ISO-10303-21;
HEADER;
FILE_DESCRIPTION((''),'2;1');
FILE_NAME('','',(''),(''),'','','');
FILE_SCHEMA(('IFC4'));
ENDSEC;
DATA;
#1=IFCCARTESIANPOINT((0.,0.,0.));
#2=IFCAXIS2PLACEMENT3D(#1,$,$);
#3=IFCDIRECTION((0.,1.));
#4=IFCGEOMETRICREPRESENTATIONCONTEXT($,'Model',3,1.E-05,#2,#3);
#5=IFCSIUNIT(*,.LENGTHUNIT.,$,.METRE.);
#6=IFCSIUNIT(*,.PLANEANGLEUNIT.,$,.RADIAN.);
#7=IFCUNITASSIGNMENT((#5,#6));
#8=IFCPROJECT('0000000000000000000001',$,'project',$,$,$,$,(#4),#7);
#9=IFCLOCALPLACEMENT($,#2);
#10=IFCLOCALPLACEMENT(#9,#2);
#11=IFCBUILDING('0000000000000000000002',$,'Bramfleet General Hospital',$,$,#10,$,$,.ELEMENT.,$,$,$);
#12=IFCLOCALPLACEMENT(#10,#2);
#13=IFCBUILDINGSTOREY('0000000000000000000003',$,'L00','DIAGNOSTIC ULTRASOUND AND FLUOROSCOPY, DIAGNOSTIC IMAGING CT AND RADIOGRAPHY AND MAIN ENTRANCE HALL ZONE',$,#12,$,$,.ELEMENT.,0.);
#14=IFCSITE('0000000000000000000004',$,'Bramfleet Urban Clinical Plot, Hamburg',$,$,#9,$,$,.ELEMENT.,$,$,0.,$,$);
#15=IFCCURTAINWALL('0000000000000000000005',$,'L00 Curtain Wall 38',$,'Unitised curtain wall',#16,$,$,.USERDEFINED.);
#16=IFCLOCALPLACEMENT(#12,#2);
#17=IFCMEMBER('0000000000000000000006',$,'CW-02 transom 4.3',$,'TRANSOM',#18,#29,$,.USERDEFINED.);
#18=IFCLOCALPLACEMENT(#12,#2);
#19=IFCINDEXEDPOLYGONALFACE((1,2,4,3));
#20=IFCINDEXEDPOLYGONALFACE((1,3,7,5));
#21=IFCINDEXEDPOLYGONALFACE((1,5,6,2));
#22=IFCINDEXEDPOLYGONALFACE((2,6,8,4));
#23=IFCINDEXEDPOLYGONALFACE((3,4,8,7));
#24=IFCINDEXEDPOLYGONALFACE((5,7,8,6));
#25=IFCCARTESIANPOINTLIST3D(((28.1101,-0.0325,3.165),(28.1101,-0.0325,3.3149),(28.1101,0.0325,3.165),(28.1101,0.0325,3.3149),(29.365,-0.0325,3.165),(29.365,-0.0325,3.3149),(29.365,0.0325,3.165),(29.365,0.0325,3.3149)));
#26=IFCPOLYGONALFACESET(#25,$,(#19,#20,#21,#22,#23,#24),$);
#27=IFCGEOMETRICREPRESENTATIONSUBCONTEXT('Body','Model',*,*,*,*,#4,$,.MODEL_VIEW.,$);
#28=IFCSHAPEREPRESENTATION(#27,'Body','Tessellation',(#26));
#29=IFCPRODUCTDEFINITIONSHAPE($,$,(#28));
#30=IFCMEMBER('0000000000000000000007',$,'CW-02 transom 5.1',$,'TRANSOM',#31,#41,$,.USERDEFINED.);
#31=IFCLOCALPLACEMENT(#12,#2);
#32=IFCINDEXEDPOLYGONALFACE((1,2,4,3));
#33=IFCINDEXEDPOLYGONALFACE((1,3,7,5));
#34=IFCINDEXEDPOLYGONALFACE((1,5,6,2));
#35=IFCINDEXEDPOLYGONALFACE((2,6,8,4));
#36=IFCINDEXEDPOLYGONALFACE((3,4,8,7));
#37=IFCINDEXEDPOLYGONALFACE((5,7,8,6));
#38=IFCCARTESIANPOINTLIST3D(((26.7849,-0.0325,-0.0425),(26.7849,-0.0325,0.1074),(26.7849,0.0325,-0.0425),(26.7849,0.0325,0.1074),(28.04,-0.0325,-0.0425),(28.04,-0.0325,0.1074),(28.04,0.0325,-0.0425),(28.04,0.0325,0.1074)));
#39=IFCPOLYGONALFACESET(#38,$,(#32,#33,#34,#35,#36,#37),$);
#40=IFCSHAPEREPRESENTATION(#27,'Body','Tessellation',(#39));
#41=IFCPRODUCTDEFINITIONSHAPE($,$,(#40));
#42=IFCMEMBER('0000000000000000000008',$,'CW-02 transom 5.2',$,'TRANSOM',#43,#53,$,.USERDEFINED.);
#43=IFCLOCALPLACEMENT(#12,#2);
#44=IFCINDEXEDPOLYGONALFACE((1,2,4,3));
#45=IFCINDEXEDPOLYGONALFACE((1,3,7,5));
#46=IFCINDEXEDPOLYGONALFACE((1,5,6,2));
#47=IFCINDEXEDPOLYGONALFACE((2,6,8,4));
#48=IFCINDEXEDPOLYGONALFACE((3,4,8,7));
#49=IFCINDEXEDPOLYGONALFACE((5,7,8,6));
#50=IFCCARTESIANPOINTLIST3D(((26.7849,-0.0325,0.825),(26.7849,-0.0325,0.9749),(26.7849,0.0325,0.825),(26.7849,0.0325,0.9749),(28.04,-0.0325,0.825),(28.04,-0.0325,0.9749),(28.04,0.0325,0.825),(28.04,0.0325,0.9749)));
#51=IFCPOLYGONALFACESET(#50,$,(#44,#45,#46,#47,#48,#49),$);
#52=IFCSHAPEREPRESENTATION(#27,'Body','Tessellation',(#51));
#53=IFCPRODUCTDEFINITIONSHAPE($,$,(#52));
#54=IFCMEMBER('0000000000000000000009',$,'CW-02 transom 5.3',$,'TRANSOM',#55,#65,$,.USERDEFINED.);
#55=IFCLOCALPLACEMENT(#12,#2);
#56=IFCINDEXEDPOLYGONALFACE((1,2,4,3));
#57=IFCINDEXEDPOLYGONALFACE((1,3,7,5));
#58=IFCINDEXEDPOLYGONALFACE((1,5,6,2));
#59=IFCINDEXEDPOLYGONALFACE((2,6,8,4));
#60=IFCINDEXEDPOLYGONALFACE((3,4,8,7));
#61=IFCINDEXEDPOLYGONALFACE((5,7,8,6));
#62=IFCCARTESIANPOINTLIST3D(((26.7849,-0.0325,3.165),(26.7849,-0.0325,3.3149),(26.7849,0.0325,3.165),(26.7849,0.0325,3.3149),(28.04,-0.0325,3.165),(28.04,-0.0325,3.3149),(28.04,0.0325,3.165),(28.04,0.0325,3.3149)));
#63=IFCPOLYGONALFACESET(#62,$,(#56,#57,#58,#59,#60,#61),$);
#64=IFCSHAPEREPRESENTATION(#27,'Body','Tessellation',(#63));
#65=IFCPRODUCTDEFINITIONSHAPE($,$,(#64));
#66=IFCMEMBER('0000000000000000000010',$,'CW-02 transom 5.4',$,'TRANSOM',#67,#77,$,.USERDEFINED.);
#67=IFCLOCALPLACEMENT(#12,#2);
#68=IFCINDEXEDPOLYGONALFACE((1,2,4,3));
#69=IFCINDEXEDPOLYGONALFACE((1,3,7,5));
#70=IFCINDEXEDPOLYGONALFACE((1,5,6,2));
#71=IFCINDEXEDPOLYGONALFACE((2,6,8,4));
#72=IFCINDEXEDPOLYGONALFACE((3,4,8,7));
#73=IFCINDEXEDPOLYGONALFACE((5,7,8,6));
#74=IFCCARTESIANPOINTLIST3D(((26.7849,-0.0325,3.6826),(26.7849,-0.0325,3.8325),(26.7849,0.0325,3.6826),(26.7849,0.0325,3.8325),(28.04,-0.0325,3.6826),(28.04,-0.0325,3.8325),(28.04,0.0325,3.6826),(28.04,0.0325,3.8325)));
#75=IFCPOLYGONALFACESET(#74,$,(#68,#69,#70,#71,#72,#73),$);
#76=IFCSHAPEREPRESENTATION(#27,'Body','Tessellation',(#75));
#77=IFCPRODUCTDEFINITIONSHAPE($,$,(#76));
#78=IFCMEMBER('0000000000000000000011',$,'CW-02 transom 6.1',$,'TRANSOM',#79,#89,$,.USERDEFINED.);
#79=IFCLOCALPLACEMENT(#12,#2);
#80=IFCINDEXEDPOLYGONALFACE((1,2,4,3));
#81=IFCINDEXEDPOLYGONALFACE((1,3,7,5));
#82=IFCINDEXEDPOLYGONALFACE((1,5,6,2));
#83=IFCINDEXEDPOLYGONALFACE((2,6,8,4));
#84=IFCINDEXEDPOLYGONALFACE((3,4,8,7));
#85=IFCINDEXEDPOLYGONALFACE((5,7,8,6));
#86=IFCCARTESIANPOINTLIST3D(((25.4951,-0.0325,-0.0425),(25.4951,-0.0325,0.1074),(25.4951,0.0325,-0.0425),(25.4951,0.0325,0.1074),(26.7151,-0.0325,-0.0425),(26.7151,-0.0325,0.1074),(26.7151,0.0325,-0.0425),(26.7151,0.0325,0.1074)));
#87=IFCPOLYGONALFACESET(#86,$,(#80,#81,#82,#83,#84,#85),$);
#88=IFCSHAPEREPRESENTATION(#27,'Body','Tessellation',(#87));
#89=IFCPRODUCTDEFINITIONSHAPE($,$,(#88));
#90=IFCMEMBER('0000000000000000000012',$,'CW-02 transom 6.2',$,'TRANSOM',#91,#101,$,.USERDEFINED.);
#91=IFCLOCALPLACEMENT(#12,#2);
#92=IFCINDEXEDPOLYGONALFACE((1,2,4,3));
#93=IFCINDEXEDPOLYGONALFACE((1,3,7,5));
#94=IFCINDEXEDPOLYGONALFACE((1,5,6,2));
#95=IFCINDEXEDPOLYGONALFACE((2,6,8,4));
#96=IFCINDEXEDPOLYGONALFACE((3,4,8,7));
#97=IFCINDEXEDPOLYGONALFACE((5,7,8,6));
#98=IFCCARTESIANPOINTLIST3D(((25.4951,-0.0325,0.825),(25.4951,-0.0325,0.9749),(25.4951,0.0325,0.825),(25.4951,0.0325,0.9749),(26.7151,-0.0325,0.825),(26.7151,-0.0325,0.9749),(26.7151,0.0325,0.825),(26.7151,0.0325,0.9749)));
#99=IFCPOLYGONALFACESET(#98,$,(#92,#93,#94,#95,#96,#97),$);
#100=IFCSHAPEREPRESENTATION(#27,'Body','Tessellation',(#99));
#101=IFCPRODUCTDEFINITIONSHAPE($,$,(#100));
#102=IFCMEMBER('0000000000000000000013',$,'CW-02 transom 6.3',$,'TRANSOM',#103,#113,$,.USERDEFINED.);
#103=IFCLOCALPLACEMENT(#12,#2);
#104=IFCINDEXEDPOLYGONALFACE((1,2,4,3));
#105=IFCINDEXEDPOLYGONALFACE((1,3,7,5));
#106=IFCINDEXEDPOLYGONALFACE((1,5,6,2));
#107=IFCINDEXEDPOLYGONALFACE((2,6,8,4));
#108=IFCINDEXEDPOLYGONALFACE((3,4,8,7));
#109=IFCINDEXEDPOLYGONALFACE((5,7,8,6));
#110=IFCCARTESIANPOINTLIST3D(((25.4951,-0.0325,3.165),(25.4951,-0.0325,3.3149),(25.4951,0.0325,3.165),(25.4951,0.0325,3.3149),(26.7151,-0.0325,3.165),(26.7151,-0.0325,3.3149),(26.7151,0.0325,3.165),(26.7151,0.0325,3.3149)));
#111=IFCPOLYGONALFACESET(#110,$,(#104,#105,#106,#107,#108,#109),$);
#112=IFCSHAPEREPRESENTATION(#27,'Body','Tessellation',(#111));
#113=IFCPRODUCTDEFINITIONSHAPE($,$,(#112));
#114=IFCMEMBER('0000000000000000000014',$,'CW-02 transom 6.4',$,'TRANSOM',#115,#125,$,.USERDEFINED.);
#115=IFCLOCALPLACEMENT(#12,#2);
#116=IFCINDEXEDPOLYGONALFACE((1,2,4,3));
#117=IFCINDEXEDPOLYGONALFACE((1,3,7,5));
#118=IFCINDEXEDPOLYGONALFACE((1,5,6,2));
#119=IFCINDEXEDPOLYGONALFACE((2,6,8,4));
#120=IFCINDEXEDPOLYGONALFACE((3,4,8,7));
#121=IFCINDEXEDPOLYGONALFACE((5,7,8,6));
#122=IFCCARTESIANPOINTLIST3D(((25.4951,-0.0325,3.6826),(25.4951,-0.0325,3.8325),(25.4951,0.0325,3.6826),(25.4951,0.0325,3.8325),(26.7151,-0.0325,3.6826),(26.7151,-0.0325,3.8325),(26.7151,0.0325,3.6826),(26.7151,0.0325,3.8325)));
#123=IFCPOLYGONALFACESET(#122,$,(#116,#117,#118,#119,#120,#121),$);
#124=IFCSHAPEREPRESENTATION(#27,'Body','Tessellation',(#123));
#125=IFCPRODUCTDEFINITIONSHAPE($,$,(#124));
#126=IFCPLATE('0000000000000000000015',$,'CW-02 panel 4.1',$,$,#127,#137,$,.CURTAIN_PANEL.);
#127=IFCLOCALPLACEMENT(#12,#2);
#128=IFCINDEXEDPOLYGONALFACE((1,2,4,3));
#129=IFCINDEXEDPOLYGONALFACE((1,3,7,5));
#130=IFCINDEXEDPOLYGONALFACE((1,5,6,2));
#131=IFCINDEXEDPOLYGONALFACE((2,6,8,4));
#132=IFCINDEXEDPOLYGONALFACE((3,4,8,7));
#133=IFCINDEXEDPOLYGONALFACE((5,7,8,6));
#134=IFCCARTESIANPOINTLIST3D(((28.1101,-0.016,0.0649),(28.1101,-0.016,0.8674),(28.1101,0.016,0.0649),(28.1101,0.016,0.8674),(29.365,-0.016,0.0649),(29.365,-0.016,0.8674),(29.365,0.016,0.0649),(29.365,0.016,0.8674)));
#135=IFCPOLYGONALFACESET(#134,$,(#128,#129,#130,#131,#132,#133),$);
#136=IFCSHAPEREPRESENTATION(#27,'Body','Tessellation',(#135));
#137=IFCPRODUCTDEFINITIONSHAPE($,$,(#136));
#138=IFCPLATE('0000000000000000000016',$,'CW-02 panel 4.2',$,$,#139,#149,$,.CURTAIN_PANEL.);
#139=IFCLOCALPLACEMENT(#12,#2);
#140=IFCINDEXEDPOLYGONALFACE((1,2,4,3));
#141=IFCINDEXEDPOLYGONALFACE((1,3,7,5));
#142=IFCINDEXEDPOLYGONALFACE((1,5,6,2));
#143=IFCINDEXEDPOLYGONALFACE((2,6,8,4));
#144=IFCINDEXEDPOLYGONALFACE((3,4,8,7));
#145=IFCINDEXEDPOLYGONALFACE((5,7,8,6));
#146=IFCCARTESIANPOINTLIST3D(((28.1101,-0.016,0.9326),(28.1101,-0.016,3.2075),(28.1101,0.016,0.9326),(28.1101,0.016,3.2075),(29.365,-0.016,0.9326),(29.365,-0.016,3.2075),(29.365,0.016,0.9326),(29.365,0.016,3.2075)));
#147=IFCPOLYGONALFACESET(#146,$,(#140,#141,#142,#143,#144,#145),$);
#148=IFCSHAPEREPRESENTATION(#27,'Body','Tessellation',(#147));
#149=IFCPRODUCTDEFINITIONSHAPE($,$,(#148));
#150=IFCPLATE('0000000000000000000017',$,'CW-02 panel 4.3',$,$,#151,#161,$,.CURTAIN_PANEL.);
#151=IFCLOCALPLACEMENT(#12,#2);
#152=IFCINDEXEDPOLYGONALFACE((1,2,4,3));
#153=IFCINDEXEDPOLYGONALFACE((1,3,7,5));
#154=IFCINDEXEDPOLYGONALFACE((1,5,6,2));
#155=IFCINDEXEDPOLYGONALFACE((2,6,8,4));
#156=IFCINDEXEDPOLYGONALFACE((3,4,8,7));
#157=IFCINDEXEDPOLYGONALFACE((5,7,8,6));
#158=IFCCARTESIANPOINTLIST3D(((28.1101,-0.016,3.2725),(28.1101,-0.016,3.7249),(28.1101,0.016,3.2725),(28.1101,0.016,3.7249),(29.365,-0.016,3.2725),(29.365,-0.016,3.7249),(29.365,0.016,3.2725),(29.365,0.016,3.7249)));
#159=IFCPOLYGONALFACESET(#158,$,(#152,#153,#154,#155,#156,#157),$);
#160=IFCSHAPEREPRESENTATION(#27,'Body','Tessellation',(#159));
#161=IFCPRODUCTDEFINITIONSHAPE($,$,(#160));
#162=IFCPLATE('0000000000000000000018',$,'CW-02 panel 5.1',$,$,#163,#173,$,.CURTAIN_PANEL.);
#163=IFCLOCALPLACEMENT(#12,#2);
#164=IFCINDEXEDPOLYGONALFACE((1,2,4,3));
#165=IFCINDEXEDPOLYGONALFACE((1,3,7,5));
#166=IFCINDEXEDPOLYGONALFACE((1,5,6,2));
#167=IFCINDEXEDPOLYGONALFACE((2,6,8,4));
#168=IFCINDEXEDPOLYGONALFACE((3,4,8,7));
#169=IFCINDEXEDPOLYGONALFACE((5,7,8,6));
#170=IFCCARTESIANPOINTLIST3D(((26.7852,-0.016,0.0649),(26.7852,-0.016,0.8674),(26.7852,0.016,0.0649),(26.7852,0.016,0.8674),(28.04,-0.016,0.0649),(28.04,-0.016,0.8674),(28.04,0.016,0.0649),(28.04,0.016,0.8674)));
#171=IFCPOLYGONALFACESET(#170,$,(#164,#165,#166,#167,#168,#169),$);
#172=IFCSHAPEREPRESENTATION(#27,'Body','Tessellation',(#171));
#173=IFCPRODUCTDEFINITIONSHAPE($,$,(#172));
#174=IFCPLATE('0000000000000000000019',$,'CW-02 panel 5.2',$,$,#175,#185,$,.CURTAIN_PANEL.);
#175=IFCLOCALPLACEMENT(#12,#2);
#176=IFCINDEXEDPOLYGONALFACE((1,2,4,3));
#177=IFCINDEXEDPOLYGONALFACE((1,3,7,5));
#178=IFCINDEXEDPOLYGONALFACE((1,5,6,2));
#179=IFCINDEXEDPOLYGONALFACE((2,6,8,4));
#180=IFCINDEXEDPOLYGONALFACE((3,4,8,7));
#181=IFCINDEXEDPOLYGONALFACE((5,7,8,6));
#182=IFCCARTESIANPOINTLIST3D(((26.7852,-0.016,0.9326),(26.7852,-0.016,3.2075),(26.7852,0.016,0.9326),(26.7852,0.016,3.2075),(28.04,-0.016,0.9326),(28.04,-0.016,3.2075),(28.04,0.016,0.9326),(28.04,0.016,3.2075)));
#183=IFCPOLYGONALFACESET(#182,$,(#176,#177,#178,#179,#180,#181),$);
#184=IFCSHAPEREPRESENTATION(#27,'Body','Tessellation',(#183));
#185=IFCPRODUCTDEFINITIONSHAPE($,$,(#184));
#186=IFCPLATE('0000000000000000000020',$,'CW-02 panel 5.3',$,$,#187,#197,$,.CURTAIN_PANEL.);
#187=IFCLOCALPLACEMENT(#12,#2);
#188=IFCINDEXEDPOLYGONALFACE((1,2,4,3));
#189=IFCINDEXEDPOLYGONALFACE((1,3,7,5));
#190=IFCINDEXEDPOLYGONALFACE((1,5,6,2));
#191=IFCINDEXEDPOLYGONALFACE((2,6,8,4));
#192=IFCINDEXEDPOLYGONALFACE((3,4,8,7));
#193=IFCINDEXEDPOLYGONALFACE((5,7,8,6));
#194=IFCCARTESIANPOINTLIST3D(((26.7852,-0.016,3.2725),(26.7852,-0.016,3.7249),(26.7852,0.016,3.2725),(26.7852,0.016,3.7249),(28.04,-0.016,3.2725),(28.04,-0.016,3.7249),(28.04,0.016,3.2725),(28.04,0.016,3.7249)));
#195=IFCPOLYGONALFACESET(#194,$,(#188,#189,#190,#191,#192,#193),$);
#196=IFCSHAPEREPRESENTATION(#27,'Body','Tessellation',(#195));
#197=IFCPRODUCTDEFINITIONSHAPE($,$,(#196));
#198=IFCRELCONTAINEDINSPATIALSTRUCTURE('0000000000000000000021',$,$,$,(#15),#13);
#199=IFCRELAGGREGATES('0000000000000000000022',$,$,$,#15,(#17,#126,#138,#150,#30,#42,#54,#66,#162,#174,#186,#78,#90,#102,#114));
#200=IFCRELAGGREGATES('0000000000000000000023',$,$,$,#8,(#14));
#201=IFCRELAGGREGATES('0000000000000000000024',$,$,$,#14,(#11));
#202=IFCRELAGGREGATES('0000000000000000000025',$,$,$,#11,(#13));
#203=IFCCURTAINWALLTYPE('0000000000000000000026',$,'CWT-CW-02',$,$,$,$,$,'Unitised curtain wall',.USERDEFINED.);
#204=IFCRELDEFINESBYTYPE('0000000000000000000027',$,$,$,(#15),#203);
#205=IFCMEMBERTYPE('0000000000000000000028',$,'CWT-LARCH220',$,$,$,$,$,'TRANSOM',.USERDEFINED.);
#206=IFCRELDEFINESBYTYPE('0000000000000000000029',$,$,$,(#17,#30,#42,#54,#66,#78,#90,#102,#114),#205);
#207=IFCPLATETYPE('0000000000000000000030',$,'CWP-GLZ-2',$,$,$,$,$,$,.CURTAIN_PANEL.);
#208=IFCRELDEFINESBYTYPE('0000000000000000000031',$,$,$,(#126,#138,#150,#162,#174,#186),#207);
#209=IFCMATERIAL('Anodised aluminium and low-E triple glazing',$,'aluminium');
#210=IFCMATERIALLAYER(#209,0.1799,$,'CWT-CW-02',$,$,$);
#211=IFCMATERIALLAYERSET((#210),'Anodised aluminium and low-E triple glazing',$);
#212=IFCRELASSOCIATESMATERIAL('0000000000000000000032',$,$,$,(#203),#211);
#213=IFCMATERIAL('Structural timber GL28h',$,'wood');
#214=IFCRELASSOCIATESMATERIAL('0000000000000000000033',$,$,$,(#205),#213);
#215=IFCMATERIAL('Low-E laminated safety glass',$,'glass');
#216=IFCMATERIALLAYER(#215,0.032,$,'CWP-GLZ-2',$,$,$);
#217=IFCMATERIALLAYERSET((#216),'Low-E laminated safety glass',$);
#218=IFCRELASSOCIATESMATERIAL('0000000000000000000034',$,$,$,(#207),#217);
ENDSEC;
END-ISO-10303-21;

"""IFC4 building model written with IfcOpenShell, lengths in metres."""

from ifc_helpers import new_model, si_unit, direction, frame, origin, origin_2d, place, context, subcontext, project, spatial, rectangle, extrude, material, layer, layer_set, material_profile, profile_set, type_object, element, aggregate, save


model = new_model("IFC4")

# Units and contexts
model_context = context("Model", 3, precision=1e-05, world=origin(), true_north=direction((0.0, 1.0)))
body_context = subcontext(model_context, "Body", "Model", "MODEL_VIEW")
ifc_project = project(units=[si_unit("LENGTHUNIT", "METRE"), si_unit("PLANEANGLEUNIT", "RADIAN")], contexts=[model_context])

# Site, building, storey
site_placement = place(None, origin())
site = spatial("IfcSite", under=ifc_project, at=site_placement, Name="Bramfleet Urban Clinical Plot, Hamburg", CompositionType="ELEMENT", RefElevation=0.0)
building_placement = place(site_placement, origin())
building = spatial("IfcBuilding", under=site, at=building_placement, Name="Bramfleet General Hospital", CompositionType="ELEMENT")
storey_placement = place(building_placement, origin())
storey = spatial("IfcBuildingStorey", under=building, at=storey_placement, Name="L00", Description="DIAGNOSTIC ULTRASOUND AND FLUOROSCOPY, DIAGNOSTIC IMAGING CT AND RADIOGRAPHY AND MAIN ENTRANCE HALL ZONE", CompositionType="ELEMENT", Elevation=0.0)

# Curtain wall, members, plates
ifc_material_1 = material(Name="Anodised aluminium and low-E triple glazing", Category="aluminium")
ifc_layer_1 = layer(ifc_material_1, 0.1799, Name="CWT-CW-02")
ifc_layer_set_1 = layer_set([ifc_layer_1], Name="Anodised aluminium and low-E triple glazing")
curtain_wall_type = type_object("IfcCurtainWallType", Name="CWT-CW-02", ElementType="Unitised curtain wall", PredefinedType="USERDEFINED", material=ifc_layer_set_1)
curtain_wall_placement = place(storey_placement, origin())
curtain_wall = element("IfcCurtainWall", 1, at=curtain_wall_placement, inside=storey, type_object=curtain_wall_type, Name="L00 Curtain Wall 38", ObjectType="Unitised curtain wall", PredefinedType="USERDEFINED")
ifc_material_2 = material(Name="Structural timber GL28h", Category="wood")
ifc_material_profile_1 = material_profile(ifc_material_2, rectangle(XDim=0.0649, YDim=0.1499, at=origin_2d()), Name="LARCH 150x65")
ifc_profile_set_1 = profile_set([ifc_material_profile_1], Name="Structural timber GL28h")
member_type_1 = type_object("IfcMemberType", Name="CWT-LARCH220", ElementType="TRANSOM", PredefinedType="USERDEFINED", material=ifc_profile_set_1)
member_1_placement = place(storey_placement, frame((29.365, 0.0, 3.24), z_axis=(-1.0, 0.0, 0.0), x_axis=(0.0, -1.0, 0.0)))
member_1 = element("IfcMember", 2, at=member_1_placement, type_object=member_type_1, Name="CW-02 transom 4.3", ObjectType="TRANSOM", PredefinedType="USERDEFINED", context=body_context, shape_type="SweptSolid", body=[
    extrude(rectangle(XDim=0.0649, YDim=0.1499, at=origin_2d()), origin(), (0.0, 0.0, 1.0), 1.2549),
])
member_2_placement = place(storey_placement, frame((28.04, 0.0, 0.0325), z_axis=(-1.0, 0.0, 0.0), x_axis=(0.0, -1.0, 0.0)))
member_2 = element("IfcMember", 3, at=member_2_placement, type_object=member_type_1, Name="CW-02 transom 5.1", ObjectType="TRANSOM", PredefinedType="USERDEFINED", context=body_context, shape_type="SweptSolid", body=[
    extrude(rectangle(XDim=0.0649, YDim=0.1499, at=origin_2d()), origin(), (0.0, 0.0, 1.0), 1.2551),
])
member_3_placement = place(storey_placement, frame((28.04, 0.0, 0.8999), z_axis=(-1.0, 0.0, 0.0), x_axis=(0.0, -1.0, 0.0)))
member_3 = element("IfcMember", 4, at=member_3_placement, type_object=member_type_1, Name="CW-02 transom 5.2", ObjectType="TRANSOM", PredefinedType="USERDEFINED", context=body_context, shape_type="SweptSolid", body=[
    extrude(rectangle(XDim=0.0649, YDim=0.1499, at=origin_2d()), origin(), (0.0, 0.0, 1.0), 1.2551),
])
member_4_placement = place(storey_placement, frame((28.04, 0.0, 3.24), z_axis=(-1.0, 0.0, 0.0), x_axis=(0.0, -1.0, 0.0)))
member_4 = element("IfcMember", 5, at=member_4_placement, type_object=member_type_1, Name="CW-02 transom 5.3", ObjectType="TRANSOM", PredefinedType="USERDEFINED", context=body_context, shape_type="SweptSolid", body=[
    extrude(rectangle(XDim=0.0649, YDim=0.1499, at=origin_2d()), origin(), (0.0, 0.0, 1.0), 1.2551),
])
member_5_placement = place(storey_placement, frame((28.04, 0.0, 3.7576), z_axis=(-1.0, 0.0, 0.0), x_axis=(0.0, -1.0, 0.0)))
member_5 = element("IfcMember", 6, at=member_5_placement, type_object=member_type_1, Name="CW-02 transom 5.4", ObjectType="TRANSOM", PredefinedType="USERDEFINED", context=body_context, shape_type="SweptSolid", body=[
    extrude(rectangle(XDim=0.0649, YDim=0.1499, at=origin_2d()), origin(), (0.0, 0.0, 1.0), 1.2551),
])
member_6_placement = place(storey_placement, frame((26.7151, 0.0, 0.0325), z_axis=(-1.0, 0.0, 0.0), x_axis=(0.0, -1.0, 0.0)))
member_6 = element("IfcMember", 7, at=member_6_placement, type_object=member_type_1, Name="CW-02 transom 6.1", ObjectType="TRANSOM", PredefinedType="USERDEFINED", context=body_context, shape_type="SweptSolid", body=[
    extrude(rectangle(XDim=0.0649, YDim=0.1499, at=origin_2d()), origin(), (0.0, 0.0, 1.0), 1.22),
])
member_7_placement = place(storey_placement, frame((26.7151, 0.0, 0.8999), z_axis=(-1.0, 0.0, 0.0), x_axis=(0.0, -1.0, 0.0)))
member_7 = element("IfcMember", 8, at=member_7_placement, type_object=member_type_1, Name="CW-02 transom 6.2", ObjectType="TRANSOM", PredefinedType="USERDEFINED", context=body_context, shape_type="SweptSolid", body=[
    extrude(rectangle(XDim=0.0649, YDim=0.1499, at=origin_2d()), origin(), (0.0, 0.0, 1.0), 1.22),
])
member_8_placement = place(storey_placement, frame((26.7151, 0.0, 3.24), z_axis=(-1.0, 0.0, 0.0), x_axis=(0.0, -1.0, 0.0)))
member_8 = element("IfcMember", 9, at=member_8_placement, type_object=member_type_1, Name="CW-02 transom 6.3", ObjectType="TRANSOM", PredefinedType="USERDEFINED", context=body_context, shape_type="SweptSolid", body=[
    extrude(rectangle(XDim=0.0649, YDim=0.1499, at=origin_2d()), origin(), (0.0, 0.0, 1.0), 1.22),
])
member_9_placement = place(storey_placement, frame((26.7151, 0.0, 3.7576), z_axis=(-1.0, 0.0, 0.0), x_axis=(0.0, -1.0, 0.0)))
member_9 = element("IfcMember", 10, at=member_9_placement, type_object=member_type_1, Name="CW-02 transom 6.4", ObjectType="TRANSOM", PredefinedType="USERDEFINED", context=body_context, shape_type="SweptSolid", body=[
    extrude(rectangle(XDim=0.0649, YDim=0.1499, at=origin_2d()), origin(), (0.0, 0.0, 1.0), 1.22),
])
ifc_material_3 = material(Name="Low-E laminated safety glass", Category="glass")
ifc_layer_2 = layer(ifc_material_3, 0.032, Name="CWP-GLZ-2")
ifc_layer_set_2 = layer_set([ifc_layer_2], Name="Low-E laminated safety glass")
plate_type = type_object("IfcPlateType", Name="CWP-GLZ-2", PredefinedType="CURTAIN_PANEL", material=ifc_layer_set_2)
plate_1_placement = place(storey_placement, frame((28.7375, 0.0, 0.0649), z_axis=(0.0, 0.0, 1.0), x_axis=(-1.0, 0.0, 0.0)))
plate_1 = element("IfcPlate", 11, at=plate_1_placement, type_object=plate_type, Name="CW-02 panel 4.1", PredefinedType="CURTAIN_PANEL", context=body_context, shape_type="SweptSolid", body=[
    extrude(rectangle(XDim=1.2549, YDim=0.032, at=origin_2d()), origin(), (0.0, 0.0, 1.0), 0.8025),
])
plate_2_placement = place(storey_placement, frame((28.7375, 0.0, 0.9326), z_axis=(0.0, 0.0, 1.0), x_axis=(-1.0, 0.0, 0.0)))
plate_2 = element("IfcPlate", 12, at=plate_2_placement, type_object=plate_type, Name="CW-02 panel 4.2", PredefinedType="CURTAIN_PANEL", context=body_context, shape_type="SweptSolid", body=[
    extrude(rectangle(XDim=1.2549, YDim=0.032, at=origin_2d()), origin(), (0.0, 0.0, 1.0), 2.2749),
])
plate_3_placement = place(storey_placement, frame((28.7375, 0.0, 3.2725), z_axis=(0.0, 0.0, 1.0), x_axis=(-1.0, 0.0, 0.0)))
plate_3 = element("IfcPlate", 13, at=plate_3_placement, type_object=plate_type, Name="CW-02 panel 4.3", PredefinedType="CURTAIN_PANEL", context=body_context, shape_type="SweptSolid", body=[
    extrude(rectangle(XDim=1.2549, YDim=0.032, at=origin_2d()), origin(), (0.0, 0.0, 1.0), 0.4524),
])
plate_4_placement = place(storey_placement, frame((27.4126, 0.0, 0.0649), z_axis=(0.0, 0.0, 1.0), x_axis=(-1.0, 0.0, 0.0)))
plate_4 = element("IfcPlate", 14, at=plate_4_placement, type_object=plate_type, Name="CW-02 panel 5.1", PredefinedType="CURTAIN_PANEL", context=body_context, shape_type="SweptSolid", body=[
    extrude(rectangle(XDim=1.2549, YDim=0.032, at=origin_2d()), origin(), (0.0, 0.0, 1.0), 0.8025),
])
plate_5_placement = place(storey_placement, frame((27.4126, 0.0, 0.9326), z_axis=(0.0, 0.0, 1.0), x_axis=(-1.0, 0.0, 0.0)))
plate_5 = element("IfcPlate", 15, at=plate_5_placement, type_object=plate_type, Name="CW-02 panel 5.2", PredefinedType="CURTAIN_PANEL", context=body_context, shape_type="SweptSolid", body=[
    extrude(rectangle(XDim=1.2549, YDim=0.032, at=origin_2d()), origin(), (0.0, 0.0, 1.0), 2.2749),
])
plate_6_placement = place(storey_placement, frame((27.4126, 0.0, 3.2725), z_axis=(0.0, 0.0, 1.0), x_axis=(-1.0, 0.0, 0.0)))
plate_6 = element("IfcPlate", 16, at=plate_6_placement, type_object=plate_type, Name="CW-02 panel 5.3", PredefinedType="CURTAIN_PANEL", context=body_context, shape_type="SweptSolid", body=[
    extrude(rectangle(XDim=1.2549, YDim=0.032, at=origin_2d()), origin(), (0.0, 0.0, 1.0), 0.4524),
])
aggregate(curtain_wall, [member_1, plate_1, plate_2, plate_3, member_2, member_3, member_4, member_5, plate_4, plate_5, plate_6, member_6, member_7, member_8, member_9])

save(model, "model.ifc")
